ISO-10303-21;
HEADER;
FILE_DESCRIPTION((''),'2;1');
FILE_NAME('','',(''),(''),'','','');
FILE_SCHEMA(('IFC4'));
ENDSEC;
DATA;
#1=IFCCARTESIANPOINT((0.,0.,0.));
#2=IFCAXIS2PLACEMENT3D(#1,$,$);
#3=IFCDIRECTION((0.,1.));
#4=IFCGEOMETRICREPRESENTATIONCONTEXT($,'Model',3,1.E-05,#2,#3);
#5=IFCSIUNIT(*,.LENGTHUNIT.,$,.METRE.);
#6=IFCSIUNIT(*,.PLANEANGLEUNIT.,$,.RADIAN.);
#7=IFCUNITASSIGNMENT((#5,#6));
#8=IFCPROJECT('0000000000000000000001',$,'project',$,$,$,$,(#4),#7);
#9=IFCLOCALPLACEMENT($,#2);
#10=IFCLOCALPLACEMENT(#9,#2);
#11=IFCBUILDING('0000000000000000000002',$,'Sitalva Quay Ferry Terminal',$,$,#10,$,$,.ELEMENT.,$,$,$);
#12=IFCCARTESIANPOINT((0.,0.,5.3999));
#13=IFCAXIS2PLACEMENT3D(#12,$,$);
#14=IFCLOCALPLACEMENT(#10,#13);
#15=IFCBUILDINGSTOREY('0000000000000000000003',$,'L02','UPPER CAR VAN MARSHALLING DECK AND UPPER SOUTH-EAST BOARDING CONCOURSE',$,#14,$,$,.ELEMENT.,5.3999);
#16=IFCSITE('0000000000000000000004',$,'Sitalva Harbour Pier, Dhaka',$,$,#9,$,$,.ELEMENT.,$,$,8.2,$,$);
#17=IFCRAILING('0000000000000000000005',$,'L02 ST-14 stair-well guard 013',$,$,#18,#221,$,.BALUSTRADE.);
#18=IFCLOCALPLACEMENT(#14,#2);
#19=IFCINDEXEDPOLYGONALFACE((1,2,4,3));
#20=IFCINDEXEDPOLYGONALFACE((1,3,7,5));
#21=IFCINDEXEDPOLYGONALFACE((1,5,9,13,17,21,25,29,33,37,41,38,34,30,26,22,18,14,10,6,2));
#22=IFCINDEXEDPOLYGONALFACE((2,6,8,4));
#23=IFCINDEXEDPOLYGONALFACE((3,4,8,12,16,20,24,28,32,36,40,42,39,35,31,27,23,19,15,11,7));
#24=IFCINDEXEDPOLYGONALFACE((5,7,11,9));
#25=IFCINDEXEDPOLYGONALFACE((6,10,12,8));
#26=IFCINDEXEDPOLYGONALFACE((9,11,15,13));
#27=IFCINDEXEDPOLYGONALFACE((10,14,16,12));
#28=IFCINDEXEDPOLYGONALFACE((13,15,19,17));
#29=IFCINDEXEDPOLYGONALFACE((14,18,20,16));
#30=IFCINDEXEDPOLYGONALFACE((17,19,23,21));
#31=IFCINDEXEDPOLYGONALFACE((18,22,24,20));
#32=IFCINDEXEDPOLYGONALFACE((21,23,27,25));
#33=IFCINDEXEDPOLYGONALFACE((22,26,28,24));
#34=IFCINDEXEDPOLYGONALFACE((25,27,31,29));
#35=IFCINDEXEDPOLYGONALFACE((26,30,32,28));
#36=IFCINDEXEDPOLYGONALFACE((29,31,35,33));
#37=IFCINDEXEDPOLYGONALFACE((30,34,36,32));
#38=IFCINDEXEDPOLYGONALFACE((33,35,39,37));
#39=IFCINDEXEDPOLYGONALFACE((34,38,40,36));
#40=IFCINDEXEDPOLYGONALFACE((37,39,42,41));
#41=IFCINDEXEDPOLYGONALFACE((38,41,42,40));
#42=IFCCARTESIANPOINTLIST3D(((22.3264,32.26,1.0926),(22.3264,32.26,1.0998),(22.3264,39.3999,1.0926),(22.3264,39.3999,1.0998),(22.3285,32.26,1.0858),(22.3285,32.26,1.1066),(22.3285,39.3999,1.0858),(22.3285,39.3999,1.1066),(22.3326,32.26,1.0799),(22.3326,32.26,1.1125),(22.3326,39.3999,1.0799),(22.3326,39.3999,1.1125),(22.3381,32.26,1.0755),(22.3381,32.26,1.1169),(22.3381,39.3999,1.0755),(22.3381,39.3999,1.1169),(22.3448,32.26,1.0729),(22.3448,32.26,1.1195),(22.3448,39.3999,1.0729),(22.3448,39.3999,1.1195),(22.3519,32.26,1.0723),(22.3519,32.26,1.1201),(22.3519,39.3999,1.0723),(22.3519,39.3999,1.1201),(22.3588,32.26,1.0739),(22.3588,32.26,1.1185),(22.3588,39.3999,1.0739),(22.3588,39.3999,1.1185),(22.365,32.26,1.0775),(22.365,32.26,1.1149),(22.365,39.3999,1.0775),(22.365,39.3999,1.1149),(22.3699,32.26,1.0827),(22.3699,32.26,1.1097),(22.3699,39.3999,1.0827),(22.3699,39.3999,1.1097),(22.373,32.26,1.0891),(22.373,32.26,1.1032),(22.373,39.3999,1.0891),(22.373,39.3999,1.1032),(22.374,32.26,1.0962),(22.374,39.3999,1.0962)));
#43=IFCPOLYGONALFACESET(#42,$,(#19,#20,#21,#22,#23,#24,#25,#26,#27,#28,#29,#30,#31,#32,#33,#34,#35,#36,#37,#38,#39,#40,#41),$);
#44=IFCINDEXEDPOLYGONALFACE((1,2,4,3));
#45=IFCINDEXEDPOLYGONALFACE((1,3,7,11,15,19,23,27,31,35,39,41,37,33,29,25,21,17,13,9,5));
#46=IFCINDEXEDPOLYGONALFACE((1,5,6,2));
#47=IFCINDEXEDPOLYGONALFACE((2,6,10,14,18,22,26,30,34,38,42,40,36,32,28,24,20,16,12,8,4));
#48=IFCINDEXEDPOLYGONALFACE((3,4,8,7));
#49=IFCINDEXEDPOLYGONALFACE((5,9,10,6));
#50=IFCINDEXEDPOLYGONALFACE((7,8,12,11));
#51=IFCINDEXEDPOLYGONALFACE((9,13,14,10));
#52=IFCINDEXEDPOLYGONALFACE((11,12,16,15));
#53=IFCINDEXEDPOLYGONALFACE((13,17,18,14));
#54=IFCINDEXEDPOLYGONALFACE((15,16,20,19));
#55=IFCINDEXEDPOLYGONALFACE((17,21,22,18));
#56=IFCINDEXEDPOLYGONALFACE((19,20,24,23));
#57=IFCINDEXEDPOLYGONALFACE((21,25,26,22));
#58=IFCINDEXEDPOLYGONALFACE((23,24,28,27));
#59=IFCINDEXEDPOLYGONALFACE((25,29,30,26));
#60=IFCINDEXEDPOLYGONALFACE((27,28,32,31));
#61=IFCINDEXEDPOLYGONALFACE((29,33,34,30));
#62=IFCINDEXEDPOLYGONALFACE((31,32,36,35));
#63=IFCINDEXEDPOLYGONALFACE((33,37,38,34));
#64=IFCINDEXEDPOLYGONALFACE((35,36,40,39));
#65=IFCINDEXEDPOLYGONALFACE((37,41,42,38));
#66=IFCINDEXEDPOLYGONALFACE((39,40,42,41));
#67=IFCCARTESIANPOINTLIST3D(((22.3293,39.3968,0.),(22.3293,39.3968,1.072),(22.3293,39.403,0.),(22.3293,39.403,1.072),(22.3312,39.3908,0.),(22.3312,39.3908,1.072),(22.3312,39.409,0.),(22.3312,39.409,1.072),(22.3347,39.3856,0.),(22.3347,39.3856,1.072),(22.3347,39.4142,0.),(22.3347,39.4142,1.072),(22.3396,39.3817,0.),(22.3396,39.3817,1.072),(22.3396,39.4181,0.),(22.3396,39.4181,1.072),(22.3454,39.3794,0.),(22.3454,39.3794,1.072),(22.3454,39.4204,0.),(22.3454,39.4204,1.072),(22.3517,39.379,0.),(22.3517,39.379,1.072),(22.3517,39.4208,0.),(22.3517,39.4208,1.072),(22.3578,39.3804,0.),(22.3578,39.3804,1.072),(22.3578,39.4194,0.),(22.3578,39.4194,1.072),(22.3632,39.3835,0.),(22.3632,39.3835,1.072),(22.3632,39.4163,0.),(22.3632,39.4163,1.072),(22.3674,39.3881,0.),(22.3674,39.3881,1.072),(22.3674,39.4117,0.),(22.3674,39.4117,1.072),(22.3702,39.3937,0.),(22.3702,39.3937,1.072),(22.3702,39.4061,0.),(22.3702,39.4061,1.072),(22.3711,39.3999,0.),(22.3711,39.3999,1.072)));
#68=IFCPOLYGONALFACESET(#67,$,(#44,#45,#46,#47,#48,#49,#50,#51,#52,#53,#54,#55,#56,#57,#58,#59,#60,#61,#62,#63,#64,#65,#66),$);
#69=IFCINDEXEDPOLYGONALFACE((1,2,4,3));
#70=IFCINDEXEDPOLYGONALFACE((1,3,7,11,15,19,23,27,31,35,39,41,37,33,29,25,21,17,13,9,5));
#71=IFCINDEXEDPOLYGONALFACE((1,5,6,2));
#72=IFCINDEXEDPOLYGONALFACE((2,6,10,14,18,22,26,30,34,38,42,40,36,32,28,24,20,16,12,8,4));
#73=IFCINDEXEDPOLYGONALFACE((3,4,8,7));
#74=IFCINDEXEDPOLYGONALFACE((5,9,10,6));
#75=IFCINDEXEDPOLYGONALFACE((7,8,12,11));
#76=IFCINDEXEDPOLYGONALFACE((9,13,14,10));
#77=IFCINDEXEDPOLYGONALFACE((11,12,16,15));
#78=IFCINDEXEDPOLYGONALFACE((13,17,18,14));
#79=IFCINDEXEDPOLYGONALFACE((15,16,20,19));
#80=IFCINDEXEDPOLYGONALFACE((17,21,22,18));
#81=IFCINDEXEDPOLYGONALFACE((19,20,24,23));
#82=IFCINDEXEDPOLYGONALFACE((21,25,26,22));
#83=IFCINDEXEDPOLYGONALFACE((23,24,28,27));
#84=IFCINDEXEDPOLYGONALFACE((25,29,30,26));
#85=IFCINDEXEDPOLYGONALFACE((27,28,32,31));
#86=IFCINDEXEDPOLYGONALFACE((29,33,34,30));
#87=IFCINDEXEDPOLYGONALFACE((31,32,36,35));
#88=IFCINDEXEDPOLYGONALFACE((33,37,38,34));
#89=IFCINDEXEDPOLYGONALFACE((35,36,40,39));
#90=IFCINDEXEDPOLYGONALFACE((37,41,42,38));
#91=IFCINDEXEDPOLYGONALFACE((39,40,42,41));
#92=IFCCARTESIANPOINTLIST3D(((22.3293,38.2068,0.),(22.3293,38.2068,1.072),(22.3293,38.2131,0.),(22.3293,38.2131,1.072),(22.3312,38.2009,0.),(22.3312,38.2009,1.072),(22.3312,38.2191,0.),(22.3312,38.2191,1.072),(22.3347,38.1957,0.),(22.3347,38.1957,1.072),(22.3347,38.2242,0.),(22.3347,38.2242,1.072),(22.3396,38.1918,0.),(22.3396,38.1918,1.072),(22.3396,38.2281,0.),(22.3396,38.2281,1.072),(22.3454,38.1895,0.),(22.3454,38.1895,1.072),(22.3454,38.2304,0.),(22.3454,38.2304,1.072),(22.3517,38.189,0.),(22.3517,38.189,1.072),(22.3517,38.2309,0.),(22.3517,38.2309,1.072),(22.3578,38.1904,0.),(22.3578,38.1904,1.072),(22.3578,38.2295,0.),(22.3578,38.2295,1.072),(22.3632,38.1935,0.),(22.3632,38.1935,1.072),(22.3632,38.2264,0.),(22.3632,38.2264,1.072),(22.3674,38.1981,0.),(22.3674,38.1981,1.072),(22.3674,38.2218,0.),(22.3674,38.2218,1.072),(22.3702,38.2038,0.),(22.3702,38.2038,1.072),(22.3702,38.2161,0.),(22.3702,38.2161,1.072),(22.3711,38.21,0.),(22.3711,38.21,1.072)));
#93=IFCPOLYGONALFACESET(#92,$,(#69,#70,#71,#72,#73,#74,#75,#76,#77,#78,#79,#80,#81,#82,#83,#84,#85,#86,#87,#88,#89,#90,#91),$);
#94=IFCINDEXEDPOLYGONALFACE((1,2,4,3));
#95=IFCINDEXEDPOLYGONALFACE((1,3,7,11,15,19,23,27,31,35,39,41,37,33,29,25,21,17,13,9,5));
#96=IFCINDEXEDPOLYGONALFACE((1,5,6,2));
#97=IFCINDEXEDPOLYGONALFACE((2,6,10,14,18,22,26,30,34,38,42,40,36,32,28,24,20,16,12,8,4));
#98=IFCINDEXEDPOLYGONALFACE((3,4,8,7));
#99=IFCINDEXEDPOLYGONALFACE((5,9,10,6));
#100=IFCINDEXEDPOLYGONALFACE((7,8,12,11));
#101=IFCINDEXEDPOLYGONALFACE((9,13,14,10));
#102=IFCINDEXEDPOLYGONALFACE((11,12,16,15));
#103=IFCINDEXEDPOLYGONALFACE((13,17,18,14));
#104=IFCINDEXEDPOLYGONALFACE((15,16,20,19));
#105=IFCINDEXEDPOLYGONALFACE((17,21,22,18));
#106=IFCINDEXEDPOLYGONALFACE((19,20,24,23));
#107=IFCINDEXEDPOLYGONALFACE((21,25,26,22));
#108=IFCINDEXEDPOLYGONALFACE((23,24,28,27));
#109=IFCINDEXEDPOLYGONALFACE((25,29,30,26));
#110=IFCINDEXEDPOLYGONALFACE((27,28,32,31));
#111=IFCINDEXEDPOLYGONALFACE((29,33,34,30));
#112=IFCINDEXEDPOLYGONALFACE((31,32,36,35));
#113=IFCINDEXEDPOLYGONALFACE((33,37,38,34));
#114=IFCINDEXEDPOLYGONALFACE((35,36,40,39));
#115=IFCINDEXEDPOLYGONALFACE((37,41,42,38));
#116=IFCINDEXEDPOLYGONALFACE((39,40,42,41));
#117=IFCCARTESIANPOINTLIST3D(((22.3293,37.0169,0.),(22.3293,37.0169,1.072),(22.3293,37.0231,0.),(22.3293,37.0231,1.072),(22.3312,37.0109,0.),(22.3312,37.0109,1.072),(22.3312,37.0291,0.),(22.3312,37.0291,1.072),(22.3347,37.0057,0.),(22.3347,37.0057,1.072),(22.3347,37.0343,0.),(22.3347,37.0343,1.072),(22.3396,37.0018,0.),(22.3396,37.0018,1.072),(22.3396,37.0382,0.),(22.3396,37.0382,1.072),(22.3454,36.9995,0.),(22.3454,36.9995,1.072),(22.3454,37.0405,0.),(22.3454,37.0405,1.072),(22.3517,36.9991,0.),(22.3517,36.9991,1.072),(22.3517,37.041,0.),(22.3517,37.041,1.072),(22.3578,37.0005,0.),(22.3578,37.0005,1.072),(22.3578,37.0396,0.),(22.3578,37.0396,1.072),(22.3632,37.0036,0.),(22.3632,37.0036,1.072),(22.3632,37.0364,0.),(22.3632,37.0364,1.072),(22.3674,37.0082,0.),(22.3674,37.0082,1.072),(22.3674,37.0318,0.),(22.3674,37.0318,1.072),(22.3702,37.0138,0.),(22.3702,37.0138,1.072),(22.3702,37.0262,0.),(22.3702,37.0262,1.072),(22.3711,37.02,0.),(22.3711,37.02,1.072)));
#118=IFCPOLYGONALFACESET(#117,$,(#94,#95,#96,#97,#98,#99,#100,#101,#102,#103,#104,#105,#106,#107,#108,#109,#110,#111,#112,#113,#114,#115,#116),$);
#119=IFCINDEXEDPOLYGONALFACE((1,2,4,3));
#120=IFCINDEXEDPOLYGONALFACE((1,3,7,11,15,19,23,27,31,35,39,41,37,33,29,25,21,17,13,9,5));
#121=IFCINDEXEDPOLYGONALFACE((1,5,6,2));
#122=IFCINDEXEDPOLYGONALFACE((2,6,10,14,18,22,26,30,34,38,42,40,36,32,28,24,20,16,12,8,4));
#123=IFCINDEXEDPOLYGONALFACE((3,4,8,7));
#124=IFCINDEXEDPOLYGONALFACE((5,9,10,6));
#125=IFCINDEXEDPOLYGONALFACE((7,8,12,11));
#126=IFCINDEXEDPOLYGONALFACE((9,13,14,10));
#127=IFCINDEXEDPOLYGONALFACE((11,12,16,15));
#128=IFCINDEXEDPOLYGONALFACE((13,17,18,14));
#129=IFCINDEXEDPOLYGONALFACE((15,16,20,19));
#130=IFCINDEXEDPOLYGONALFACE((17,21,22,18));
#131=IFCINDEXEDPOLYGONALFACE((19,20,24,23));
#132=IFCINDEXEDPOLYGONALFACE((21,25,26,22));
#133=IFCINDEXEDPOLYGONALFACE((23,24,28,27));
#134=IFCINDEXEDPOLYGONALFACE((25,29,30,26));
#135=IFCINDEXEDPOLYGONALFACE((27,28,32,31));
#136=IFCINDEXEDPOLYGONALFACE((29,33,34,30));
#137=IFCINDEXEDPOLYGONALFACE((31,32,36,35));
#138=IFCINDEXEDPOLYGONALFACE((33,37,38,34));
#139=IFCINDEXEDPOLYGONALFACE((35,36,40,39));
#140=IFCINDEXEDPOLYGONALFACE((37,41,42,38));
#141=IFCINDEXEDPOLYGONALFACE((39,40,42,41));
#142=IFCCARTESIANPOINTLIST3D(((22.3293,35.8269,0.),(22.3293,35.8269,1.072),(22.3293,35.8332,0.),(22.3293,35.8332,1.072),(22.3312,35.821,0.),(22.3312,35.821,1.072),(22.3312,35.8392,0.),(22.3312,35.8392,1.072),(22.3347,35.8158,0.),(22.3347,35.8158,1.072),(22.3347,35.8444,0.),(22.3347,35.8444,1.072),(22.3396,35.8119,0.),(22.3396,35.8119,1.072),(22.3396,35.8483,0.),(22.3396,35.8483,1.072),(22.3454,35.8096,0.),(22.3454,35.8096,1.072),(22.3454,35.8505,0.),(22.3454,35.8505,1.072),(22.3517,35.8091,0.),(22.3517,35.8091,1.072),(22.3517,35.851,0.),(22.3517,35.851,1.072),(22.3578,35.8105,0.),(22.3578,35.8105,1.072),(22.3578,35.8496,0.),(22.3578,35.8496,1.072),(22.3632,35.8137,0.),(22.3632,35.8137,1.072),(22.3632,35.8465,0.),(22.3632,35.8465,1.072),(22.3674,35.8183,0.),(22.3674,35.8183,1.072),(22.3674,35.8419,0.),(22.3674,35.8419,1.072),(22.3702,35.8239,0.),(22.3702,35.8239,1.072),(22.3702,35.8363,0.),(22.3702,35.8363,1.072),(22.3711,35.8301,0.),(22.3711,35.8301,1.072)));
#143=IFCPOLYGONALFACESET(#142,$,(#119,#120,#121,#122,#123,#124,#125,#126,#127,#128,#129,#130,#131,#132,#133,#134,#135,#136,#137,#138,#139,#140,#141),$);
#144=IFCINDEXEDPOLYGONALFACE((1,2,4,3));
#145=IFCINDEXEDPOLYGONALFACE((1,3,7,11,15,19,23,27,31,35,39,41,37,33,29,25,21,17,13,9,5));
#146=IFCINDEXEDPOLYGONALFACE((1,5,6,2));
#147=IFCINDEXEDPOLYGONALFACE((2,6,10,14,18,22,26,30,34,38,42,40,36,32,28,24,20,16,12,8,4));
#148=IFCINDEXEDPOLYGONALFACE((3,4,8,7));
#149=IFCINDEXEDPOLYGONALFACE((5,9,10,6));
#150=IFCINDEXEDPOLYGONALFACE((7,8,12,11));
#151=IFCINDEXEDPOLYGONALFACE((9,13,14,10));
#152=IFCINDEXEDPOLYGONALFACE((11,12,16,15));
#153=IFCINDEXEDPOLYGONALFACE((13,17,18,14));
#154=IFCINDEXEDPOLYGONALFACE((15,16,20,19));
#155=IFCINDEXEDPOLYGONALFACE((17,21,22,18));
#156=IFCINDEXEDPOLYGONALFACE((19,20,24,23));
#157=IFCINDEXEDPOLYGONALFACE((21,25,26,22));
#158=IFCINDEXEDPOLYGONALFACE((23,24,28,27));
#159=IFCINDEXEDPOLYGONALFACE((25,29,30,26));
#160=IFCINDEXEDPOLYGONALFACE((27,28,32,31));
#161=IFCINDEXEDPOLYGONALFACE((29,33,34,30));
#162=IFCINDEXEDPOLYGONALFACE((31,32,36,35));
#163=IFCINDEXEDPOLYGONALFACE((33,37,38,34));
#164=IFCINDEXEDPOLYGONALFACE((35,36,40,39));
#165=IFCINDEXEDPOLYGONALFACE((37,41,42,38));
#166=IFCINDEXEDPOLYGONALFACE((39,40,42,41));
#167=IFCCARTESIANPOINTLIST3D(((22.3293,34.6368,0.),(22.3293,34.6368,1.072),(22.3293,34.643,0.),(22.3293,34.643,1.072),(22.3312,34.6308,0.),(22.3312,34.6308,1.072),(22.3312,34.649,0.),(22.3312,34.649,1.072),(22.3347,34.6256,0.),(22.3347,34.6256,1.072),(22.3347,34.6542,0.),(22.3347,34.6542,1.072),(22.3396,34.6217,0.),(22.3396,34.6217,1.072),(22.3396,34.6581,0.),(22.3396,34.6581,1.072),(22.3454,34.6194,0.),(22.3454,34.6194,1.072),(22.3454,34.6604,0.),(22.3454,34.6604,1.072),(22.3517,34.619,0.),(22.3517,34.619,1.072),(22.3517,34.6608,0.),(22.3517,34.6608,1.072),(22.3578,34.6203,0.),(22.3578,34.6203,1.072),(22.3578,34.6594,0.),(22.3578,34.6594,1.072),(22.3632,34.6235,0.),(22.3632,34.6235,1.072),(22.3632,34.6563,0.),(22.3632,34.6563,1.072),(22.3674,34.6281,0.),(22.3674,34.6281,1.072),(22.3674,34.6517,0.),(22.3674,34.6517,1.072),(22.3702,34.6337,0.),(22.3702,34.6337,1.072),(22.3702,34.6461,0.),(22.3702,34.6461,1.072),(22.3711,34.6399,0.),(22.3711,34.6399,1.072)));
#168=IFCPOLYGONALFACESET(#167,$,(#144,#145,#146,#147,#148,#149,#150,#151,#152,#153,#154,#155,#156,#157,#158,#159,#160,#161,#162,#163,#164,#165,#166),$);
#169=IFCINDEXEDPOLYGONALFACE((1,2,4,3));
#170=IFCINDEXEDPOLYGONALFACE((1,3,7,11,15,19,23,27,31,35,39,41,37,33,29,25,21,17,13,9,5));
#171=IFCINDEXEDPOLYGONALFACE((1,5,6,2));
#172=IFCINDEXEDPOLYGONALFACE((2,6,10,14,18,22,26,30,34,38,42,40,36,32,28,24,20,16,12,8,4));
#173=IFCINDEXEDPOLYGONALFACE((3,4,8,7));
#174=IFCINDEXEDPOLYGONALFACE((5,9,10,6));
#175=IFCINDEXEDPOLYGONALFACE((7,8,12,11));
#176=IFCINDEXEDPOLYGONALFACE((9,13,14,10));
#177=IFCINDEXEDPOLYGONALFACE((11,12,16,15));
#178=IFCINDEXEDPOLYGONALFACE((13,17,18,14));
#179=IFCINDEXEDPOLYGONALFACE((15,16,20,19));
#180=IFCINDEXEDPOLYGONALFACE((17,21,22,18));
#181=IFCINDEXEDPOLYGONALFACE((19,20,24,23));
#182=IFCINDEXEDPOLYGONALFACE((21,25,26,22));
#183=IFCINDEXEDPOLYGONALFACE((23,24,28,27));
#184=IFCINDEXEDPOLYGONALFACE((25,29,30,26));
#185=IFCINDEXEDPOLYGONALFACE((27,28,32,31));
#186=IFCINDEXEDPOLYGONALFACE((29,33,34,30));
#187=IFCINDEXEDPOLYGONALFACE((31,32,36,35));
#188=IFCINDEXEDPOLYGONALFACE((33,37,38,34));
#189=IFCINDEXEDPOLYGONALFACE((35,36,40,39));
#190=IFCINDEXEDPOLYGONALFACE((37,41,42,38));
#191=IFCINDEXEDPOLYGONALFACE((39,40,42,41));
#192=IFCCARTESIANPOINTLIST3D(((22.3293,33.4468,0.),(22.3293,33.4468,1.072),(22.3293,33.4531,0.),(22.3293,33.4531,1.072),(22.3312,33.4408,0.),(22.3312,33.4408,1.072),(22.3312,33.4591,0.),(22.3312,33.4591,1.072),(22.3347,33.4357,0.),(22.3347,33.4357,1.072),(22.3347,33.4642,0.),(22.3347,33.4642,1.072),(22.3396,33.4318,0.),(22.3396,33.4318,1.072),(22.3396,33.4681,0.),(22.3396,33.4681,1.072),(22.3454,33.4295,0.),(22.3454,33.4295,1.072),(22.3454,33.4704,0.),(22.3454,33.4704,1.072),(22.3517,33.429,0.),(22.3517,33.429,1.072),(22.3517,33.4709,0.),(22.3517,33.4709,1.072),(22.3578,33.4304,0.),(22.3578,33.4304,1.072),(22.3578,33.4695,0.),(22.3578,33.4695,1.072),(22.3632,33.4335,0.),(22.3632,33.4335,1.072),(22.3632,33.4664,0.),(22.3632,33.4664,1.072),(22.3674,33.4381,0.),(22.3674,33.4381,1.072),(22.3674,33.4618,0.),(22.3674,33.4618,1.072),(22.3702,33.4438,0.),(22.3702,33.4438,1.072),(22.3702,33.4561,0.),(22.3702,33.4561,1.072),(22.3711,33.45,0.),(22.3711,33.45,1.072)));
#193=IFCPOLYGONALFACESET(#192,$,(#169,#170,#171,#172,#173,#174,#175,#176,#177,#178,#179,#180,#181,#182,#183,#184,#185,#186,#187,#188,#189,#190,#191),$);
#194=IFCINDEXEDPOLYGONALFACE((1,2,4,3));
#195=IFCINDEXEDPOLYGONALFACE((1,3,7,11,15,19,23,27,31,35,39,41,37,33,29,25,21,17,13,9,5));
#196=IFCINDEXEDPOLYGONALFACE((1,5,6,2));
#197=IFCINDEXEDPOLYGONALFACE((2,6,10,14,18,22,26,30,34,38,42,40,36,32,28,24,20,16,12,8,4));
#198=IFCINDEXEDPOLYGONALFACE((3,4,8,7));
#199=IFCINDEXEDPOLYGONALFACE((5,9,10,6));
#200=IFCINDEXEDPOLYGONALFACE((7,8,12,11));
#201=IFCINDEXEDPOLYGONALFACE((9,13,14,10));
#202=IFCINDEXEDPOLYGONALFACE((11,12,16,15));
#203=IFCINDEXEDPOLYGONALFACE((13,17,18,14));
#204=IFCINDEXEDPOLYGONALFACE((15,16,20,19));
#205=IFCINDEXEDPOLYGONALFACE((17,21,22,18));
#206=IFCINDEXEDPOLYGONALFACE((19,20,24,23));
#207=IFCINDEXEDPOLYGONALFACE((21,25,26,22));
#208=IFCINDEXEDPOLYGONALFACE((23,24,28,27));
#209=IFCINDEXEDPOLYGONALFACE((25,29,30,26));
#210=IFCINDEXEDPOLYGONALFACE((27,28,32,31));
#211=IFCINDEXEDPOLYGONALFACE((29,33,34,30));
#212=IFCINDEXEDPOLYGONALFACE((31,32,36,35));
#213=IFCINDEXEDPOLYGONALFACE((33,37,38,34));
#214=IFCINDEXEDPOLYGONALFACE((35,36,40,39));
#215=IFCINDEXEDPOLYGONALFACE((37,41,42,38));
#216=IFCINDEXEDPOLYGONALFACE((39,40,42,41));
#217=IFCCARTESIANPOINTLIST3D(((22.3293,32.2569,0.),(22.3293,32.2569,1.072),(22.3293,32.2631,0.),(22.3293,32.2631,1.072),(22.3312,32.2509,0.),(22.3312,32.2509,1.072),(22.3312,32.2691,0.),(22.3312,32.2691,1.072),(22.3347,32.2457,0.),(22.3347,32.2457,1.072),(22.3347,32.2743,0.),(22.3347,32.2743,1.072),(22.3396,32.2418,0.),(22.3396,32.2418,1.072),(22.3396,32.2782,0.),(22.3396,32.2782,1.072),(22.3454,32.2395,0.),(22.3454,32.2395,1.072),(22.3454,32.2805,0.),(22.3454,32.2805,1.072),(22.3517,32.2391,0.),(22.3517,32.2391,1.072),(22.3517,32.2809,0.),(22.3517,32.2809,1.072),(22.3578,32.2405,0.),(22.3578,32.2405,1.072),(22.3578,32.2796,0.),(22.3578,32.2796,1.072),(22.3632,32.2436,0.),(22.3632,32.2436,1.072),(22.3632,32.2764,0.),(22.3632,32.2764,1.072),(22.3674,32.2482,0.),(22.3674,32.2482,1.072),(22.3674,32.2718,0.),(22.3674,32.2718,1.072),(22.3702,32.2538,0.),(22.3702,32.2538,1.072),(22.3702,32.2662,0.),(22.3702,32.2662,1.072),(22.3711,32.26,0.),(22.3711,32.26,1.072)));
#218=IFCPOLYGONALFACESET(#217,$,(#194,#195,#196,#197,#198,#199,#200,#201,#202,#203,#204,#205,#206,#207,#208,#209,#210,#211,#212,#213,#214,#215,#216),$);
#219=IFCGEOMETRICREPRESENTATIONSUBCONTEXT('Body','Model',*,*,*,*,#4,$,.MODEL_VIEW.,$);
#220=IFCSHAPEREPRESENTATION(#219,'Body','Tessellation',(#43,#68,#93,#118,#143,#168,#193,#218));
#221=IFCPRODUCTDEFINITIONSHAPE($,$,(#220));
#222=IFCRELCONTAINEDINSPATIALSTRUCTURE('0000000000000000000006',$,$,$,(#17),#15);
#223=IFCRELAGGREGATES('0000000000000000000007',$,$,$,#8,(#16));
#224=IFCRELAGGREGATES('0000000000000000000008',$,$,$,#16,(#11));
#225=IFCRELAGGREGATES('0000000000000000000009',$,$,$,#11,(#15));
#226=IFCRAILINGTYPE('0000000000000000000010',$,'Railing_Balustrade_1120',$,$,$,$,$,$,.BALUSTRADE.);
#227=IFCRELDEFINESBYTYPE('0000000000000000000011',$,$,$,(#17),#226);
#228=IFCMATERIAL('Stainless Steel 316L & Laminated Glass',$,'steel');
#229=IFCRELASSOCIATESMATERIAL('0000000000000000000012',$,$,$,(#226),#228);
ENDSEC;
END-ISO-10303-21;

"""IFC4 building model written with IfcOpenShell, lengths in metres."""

from ifc_helpers import new_model, si_unit, direction, frame, origin, origin_2d, place, context, subcontext, project, spatial, circle, extrude, material, type_object, element, save


model = new_model("IFC4")

# Units and contexts
model_context = context("Model", 3, precision=1e-05, world=origin(), true_north=direction((0.0, 1.0)))
body_context = subcontext(model_context, "Body", "Model", "MODEL_VIEW")
ifc_project = project(units=[si_unit("LENGTHUNIT", "METRE"), si_unit("PLANEANGLEUNIT", "RADIAN")], contexts=[model_context])

# Site, building, storey
site_placement = place(None, origin())
site = spatial("IfcSite", under=ifc_project, at=site_placement, Name="Sitalva Harbour Pier, Dhaka", CompositionType="ELEMENT", RefElevation=8.2)
building_placement = place(site_placement, origin())
building = spatial("IfcBuilding", under=site, at=building_placement, Name="Sitalva Quay Ferry Terminal", CompositionType="ELEMENT")
storey_placement = place(building_placement, frame((0.0, 0.0, 5.3999)))
storey = spatial("IfcBuildingStorey", under=building, at=storey_placement, Name="L02", Description="UPPER CAR VAN MARSHALLING DECK AND UPPER SOUTH-EAST BOARDING CONCOURSE", CompositionType="ELEMENT", Elevation=5.3999)

# Railing
ifc_material_1 = material(Name="Stainless Steel 316L & Laminated Glass", Category="steel")
railing_type = type_object("IfcRailingType", Name="Railing_Balustrade_1120", PredefinedType="BALUSTRADE", material=ifc_material_1)
railing_1_placement = place(storey_placement, frame((22.3501, 39.3999, 0.0)))
element("IfcRailing", 1, at=railing_1_placement, inside=storey, type_object=railing_type, Name="L02 ST-14 stair-well guard 013", PredefinedType="BALUSTRADE", context=body_context, shape_type="SweptSolid", body=[
    extrude(circle(Radius=0.0239, at=origin_2d()), frame((0.0, 0.0, 1.0962), z_axis=(0.0, -1.0, 0.0), x_axis=(1.0, 0.0, 0.0)), (0.0, 0.0, 1.0), 7.1399),
    extrude(circle(Radius=0.021, at=origin_2d()), origin(), (0.0, 0.0, 1.0), 1.072),
    extrude(circle(Radius=0.021, at=origin_2d()), frame((0.0, -1.1899, 0.0)), (0.0, 0.0, 1.0), 1.072),
    extrude(circle(Radius=0.021, at=origin_2d()), frame((0.0, -2.3799, 0.0)), (0.0, 0.0, 1.0), 1.072),
    extrude(circle(Radius=0.021, at=origin_2d()), frame((0.0, -3.5698, 0.0)), (0.0, 0.0, 1.0), 1.072),
    extrude(circle(Radius=0.021, at=origin_2d()), frame((0.0, -4.76, 0.0)), (0.0, 0.0, 1.0), 1.072),
    extrude(circle(Radius=0.021, at=origin_2d()), frame((0.0, -5.95, 0.0)), (0.0, 0.0, 1.0), 1.072),
    extrude(circle(Radius=0.021, at=origin_2d()), frame((0.0, -7.1399, 0.0)), (0.0, 0.0, 1.0), 1.072),
])

save(model, "model.ifc")
